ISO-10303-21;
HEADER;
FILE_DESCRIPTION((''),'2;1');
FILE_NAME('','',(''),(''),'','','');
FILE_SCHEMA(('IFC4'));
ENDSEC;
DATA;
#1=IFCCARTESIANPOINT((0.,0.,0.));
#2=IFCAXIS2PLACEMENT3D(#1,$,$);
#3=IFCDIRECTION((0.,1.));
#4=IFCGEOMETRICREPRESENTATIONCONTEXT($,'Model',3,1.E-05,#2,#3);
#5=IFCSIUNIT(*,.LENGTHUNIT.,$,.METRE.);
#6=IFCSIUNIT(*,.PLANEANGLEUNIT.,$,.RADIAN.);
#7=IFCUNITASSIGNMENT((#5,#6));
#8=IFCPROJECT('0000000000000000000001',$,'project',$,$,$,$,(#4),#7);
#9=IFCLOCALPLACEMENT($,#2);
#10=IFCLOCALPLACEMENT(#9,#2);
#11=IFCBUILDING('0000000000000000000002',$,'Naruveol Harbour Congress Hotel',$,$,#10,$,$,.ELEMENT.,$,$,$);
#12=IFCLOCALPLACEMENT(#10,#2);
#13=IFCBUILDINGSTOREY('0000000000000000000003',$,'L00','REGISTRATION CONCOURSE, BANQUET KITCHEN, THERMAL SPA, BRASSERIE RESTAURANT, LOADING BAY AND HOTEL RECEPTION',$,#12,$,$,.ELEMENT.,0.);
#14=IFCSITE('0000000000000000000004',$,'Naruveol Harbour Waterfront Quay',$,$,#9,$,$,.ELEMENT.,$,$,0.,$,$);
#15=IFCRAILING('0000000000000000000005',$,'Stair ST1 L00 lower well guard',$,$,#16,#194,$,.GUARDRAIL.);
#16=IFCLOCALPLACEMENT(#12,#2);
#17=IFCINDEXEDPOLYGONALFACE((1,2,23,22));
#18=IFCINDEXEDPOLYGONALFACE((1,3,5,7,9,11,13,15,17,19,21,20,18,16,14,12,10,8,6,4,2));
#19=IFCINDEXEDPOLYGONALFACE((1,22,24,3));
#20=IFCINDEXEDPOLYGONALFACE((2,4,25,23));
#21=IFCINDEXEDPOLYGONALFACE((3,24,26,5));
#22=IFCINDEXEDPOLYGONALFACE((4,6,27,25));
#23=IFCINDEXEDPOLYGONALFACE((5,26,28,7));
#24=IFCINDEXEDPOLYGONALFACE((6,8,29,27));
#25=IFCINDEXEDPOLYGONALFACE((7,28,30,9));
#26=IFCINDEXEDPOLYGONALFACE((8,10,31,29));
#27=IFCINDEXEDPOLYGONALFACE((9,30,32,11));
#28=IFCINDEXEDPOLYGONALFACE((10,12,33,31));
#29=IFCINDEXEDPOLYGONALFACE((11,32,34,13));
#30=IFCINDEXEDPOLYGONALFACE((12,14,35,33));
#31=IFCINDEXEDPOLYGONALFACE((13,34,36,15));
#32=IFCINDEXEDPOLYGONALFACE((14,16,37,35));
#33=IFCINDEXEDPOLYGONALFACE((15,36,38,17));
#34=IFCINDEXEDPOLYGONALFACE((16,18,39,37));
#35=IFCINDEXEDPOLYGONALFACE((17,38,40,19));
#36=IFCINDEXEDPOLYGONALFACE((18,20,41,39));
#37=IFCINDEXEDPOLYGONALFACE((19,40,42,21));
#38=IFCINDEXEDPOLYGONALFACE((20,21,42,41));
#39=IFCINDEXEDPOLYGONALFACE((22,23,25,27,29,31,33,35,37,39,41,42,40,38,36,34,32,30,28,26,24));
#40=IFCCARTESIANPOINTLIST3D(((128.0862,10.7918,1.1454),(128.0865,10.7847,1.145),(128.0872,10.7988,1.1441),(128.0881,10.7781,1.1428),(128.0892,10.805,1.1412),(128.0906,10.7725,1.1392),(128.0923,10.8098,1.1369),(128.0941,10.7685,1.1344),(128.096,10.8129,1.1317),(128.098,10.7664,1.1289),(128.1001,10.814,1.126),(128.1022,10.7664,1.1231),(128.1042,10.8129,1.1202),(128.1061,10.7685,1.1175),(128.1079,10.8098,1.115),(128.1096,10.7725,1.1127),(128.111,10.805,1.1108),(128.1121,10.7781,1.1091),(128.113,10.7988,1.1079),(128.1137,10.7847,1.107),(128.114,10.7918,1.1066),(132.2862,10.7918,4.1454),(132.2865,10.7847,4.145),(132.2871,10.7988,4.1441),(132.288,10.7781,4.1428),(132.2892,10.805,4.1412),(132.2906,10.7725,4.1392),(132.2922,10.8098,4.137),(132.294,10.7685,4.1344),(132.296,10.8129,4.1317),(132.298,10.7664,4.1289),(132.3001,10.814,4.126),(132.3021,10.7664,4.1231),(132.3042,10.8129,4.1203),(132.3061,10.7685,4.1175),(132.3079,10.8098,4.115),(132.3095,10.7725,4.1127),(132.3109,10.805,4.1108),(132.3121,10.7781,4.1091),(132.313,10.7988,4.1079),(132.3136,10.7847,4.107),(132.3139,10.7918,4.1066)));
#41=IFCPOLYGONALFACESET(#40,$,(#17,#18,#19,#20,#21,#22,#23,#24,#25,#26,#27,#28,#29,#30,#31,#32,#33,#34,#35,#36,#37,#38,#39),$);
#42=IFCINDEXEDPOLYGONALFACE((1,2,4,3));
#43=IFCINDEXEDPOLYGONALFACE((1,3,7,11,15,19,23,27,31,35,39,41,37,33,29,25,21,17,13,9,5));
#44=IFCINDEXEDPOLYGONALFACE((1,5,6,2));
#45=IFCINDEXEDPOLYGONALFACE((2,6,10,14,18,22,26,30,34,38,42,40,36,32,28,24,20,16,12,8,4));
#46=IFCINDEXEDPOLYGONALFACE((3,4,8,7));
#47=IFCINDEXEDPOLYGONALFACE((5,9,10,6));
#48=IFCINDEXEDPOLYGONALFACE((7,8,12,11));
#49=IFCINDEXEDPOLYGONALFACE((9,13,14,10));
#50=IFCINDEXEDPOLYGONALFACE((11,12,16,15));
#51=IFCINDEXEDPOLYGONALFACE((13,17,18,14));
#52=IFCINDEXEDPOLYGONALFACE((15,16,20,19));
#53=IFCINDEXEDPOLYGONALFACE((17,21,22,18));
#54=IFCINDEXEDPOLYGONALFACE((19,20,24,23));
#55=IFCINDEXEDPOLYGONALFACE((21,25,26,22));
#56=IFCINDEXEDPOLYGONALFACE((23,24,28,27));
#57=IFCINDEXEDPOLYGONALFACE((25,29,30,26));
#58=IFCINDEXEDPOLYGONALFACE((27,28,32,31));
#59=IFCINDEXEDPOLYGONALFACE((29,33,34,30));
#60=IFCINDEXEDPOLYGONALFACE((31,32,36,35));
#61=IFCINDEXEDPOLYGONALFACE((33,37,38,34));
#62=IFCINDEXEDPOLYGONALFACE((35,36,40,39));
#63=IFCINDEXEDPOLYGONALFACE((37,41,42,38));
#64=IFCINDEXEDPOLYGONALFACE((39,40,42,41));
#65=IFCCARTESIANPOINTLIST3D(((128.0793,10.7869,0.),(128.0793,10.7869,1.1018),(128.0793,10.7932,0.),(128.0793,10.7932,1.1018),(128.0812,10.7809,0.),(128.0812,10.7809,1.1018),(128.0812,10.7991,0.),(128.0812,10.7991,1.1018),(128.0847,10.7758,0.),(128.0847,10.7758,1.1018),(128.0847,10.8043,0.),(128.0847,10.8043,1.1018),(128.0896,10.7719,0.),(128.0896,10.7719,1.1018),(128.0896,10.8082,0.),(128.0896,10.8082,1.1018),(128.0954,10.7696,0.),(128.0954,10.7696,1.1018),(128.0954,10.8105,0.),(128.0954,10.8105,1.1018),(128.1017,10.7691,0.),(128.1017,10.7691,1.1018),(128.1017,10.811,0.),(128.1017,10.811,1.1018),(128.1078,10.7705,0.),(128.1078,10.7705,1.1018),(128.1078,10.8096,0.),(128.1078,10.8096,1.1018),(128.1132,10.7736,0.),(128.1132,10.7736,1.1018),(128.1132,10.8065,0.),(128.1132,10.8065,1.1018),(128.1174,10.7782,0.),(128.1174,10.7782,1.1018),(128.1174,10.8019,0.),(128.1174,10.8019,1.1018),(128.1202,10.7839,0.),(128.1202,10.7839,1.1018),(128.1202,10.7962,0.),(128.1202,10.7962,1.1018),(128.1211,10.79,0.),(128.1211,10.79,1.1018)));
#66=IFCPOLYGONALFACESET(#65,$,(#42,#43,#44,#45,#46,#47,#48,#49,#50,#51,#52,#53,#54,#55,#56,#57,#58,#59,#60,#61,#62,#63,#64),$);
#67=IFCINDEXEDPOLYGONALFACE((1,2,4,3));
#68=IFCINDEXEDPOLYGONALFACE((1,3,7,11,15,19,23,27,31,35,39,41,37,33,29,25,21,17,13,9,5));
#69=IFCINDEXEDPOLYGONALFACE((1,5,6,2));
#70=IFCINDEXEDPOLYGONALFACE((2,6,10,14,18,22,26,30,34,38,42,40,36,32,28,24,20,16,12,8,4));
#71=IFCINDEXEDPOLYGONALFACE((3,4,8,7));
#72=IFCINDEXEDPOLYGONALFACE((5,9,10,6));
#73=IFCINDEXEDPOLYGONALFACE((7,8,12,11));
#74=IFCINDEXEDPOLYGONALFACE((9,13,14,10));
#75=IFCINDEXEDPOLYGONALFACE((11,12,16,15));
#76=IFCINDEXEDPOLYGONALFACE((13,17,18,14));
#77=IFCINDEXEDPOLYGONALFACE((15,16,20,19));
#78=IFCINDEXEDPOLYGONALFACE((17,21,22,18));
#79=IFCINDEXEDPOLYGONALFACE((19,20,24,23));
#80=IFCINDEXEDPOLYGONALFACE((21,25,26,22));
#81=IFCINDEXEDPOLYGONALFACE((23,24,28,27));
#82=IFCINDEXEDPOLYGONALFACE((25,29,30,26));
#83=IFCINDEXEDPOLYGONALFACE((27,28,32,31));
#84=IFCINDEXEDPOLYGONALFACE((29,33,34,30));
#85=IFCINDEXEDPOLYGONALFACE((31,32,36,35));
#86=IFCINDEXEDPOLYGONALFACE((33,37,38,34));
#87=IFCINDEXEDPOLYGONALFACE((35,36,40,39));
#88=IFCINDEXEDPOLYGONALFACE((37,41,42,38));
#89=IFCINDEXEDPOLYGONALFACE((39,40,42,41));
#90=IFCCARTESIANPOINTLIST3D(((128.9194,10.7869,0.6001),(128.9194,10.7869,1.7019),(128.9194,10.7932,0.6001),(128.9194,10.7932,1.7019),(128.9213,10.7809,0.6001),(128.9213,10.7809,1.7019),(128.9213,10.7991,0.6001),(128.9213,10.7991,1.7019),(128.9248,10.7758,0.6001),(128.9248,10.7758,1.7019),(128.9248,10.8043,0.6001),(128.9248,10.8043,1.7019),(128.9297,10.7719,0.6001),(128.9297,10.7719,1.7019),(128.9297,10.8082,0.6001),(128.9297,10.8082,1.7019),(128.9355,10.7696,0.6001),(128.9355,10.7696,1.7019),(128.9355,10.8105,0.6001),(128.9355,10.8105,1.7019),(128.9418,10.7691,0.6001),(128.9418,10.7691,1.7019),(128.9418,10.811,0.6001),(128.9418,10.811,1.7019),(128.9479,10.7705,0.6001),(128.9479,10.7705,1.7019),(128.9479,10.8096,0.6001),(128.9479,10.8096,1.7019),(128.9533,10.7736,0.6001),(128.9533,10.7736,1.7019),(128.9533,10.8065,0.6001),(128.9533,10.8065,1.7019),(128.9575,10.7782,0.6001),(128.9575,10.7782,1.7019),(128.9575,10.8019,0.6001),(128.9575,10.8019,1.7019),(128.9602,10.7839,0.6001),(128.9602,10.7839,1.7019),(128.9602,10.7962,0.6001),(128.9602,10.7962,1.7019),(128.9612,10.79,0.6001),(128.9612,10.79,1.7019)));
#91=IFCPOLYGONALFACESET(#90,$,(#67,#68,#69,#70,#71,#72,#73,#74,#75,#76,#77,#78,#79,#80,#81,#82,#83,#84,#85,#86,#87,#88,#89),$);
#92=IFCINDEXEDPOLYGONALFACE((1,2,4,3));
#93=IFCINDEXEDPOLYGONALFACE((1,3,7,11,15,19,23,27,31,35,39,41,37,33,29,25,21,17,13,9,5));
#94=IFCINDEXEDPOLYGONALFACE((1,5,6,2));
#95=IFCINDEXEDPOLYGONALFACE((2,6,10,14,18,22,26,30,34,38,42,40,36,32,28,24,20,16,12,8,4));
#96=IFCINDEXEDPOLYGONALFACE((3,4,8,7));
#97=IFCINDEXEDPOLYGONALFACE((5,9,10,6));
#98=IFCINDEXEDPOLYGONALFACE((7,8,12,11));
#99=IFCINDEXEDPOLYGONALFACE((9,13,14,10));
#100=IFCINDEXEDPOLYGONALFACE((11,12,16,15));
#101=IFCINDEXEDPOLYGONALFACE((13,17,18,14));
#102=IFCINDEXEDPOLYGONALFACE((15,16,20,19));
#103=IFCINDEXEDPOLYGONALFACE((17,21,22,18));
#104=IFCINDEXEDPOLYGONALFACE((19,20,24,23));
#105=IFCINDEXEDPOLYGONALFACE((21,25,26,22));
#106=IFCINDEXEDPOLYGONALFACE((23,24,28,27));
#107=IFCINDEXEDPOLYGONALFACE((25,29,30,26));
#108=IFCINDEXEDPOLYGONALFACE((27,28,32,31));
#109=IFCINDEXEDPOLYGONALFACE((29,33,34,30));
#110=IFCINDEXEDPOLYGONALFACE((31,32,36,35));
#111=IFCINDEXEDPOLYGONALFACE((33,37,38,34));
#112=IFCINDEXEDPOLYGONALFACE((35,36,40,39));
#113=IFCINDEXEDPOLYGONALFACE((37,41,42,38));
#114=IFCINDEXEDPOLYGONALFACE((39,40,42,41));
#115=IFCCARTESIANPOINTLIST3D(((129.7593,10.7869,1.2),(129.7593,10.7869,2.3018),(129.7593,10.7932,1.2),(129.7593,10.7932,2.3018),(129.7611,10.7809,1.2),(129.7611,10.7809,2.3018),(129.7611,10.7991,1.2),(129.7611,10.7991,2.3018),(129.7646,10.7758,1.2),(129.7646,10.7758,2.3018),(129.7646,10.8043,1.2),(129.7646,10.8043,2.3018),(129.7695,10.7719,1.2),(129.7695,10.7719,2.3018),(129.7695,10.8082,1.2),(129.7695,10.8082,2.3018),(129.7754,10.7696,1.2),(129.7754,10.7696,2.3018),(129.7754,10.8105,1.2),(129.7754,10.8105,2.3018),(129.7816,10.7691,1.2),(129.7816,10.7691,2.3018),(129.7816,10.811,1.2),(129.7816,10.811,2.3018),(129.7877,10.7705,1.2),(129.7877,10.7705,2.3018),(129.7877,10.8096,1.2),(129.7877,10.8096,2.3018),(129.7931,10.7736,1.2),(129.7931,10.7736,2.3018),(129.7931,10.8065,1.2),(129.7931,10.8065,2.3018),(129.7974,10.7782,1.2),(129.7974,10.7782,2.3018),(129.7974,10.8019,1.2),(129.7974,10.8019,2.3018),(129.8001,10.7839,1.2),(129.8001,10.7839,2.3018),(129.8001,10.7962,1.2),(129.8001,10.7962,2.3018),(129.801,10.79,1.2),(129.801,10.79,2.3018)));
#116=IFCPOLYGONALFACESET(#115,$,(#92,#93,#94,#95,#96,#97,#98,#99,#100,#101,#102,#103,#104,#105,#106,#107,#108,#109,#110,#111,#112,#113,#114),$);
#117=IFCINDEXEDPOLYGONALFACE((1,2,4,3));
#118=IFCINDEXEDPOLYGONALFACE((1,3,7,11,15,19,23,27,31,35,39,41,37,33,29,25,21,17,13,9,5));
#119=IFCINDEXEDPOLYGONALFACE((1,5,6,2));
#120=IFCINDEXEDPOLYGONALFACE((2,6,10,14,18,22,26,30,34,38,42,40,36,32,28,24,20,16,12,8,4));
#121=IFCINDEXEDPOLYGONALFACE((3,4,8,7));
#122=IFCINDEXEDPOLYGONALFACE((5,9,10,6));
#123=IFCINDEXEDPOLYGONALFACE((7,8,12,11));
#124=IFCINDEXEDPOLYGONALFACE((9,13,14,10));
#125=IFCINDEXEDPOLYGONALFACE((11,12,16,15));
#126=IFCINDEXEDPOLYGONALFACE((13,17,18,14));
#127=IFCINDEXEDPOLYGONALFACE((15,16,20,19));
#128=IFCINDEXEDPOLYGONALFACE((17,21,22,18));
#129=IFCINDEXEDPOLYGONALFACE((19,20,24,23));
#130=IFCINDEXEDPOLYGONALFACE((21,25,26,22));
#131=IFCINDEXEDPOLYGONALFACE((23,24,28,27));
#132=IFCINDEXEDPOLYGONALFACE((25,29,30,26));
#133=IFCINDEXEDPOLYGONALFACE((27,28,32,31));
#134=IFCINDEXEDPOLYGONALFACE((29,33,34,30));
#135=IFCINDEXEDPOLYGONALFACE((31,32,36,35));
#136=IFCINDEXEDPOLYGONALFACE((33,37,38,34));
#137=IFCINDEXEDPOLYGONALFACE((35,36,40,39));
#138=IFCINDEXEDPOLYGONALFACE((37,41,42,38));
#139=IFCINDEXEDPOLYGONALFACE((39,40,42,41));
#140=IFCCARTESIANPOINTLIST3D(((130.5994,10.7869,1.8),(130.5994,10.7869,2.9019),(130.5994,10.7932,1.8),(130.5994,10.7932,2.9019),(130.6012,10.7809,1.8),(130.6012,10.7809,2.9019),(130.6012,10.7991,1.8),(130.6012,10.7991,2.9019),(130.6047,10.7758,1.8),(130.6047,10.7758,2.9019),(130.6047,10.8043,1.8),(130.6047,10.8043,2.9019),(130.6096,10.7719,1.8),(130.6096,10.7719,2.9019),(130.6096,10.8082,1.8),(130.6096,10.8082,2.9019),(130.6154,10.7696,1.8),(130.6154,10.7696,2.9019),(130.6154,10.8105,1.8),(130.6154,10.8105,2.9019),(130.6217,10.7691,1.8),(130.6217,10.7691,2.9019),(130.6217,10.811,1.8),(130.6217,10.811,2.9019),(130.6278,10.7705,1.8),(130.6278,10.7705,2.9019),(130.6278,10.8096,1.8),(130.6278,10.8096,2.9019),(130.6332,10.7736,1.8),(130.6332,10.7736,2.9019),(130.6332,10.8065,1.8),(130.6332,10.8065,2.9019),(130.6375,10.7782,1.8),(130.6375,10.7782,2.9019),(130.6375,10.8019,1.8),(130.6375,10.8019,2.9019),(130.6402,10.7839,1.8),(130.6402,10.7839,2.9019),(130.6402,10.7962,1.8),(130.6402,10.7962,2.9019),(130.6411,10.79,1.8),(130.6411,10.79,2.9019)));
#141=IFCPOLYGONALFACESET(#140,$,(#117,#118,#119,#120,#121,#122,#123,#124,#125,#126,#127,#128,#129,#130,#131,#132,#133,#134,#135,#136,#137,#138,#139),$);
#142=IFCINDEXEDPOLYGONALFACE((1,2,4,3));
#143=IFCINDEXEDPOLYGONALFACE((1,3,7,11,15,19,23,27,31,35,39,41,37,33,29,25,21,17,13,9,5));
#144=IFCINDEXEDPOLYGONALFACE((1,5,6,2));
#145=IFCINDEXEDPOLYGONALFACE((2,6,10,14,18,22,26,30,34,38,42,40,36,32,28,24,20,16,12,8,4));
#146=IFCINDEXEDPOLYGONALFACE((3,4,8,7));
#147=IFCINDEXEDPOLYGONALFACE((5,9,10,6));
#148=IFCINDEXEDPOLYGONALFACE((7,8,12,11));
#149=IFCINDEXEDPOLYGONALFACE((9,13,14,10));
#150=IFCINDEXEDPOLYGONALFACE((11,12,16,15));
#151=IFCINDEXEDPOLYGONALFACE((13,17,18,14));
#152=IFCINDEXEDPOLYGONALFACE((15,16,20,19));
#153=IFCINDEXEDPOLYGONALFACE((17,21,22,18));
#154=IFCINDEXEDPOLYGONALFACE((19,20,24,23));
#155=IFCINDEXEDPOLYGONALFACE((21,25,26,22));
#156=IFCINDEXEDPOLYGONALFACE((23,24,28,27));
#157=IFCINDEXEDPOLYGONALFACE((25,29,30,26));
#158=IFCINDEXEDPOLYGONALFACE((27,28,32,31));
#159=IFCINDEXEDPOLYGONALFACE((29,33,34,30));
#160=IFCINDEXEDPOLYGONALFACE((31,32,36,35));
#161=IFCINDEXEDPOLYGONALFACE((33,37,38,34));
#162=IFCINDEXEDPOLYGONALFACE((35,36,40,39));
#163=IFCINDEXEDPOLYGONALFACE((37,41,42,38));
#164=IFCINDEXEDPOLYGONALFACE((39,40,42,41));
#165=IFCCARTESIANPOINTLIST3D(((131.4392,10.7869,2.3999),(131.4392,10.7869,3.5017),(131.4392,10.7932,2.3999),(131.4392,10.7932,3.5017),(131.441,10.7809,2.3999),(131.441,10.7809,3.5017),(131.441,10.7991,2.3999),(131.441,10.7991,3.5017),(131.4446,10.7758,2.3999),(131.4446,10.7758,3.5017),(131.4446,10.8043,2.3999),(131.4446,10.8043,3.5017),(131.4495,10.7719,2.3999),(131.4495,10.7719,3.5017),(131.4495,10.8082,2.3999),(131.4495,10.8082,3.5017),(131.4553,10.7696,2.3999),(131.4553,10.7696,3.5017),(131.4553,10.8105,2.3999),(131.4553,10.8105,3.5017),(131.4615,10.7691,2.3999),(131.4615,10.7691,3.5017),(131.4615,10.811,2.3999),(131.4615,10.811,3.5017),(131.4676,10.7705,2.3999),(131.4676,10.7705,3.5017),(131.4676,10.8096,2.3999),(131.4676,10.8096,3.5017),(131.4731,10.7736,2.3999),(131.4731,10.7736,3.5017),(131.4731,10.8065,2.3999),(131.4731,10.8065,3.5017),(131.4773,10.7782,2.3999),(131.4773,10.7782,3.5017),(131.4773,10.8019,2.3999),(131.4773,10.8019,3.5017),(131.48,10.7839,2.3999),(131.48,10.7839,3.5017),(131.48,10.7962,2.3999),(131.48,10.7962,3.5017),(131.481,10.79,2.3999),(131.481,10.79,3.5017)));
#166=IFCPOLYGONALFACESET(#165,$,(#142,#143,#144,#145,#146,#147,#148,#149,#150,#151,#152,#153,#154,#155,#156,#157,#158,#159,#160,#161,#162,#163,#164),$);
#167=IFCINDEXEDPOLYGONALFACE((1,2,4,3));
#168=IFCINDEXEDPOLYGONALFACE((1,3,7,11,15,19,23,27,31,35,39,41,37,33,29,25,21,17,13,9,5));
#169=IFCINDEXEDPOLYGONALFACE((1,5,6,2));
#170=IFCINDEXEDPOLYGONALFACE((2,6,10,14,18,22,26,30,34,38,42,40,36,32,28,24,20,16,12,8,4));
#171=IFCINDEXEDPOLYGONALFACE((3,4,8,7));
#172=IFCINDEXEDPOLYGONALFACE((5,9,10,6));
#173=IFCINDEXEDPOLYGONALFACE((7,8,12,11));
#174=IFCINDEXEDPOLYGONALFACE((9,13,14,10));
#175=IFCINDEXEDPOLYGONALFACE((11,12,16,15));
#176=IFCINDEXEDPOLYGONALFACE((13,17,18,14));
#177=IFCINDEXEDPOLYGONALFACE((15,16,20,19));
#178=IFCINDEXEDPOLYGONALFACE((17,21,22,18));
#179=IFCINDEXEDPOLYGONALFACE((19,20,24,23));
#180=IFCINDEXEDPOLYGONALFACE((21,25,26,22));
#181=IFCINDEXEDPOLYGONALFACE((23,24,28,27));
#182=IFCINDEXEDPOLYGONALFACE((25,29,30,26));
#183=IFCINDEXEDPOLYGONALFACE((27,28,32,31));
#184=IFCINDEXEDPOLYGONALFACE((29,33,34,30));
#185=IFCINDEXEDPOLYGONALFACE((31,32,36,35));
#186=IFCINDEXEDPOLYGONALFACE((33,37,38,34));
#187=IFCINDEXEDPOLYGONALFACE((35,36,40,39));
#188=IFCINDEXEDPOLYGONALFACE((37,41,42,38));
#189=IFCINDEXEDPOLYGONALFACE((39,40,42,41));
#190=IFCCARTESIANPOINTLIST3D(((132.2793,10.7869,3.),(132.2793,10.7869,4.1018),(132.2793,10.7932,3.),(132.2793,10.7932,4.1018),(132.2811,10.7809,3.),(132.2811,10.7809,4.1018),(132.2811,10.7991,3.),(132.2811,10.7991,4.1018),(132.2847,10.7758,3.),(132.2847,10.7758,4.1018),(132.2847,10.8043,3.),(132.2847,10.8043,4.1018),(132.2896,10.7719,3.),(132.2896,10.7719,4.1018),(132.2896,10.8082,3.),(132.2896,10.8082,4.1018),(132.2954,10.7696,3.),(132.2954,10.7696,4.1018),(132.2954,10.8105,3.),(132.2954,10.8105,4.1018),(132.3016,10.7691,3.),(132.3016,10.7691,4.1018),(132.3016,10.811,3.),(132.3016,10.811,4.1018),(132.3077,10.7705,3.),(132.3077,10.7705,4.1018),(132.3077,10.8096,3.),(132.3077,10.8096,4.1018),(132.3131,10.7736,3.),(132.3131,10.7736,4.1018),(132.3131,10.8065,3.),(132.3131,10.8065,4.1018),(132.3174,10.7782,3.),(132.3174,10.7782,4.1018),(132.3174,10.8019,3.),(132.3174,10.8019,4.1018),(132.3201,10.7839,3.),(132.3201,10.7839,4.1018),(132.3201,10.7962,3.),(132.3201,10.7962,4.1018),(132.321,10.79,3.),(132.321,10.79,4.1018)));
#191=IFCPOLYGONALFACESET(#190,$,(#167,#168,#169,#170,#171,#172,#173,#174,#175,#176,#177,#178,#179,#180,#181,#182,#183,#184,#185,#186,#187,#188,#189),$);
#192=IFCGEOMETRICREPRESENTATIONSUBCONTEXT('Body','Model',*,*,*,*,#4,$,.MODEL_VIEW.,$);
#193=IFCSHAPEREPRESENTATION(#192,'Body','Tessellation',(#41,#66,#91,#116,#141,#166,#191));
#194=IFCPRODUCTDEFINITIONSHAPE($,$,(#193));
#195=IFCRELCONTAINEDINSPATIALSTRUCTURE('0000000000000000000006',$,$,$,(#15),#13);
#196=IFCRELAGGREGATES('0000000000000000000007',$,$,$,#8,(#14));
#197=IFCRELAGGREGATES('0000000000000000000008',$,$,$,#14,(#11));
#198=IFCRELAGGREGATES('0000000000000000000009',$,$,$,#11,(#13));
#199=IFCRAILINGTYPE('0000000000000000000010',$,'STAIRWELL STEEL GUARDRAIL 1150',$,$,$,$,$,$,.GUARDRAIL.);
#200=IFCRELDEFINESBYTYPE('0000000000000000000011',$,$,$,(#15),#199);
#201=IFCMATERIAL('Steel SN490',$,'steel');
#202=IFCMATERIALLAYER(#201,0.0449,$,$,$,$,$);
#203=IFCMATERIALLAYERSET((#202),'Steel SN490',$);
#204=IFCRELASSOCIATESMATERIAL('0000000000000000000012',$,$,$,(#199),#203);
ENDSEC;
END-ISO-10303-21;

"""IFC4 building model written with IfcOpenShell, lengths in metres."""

from ifc_helpers import new_model, si_unit, direction, frame, origin, origin_2d, place, context, subcontext, project, spatial, circle, extrude, material, layer, layer_set, type_object, element, save


model = new_model("IFC4")

# Units and contexts
model_context = context("Model", 3, precision=1e-05, world=origin(), true_north=direction((0.0, 1.0)))
body_context = subcontext(model_context, "Body", "Model", "MODEL_VIEW")
ifc_project = project(units=[si_unit("LENGTHUNIT", "METRE"), si_unit("PLANEANGLEUNIT", "RADIAN")], contexts=[model_context])

# Site, building, storey
site_placement = place(None, origin())
site = spatial("IfcSite", under=ifc_project, at=site_placement, Name="Naruveol Harbour Waterfront Quay", CompositionType="ELEMENT", RefElevation=0.0)
building_placement = place(site_placement, origin())
building = spatial("IfcBuilding", under=site, at=building_placement, Name="Naruveol Harbour Congress Hotel", CompositionType="ELEMENT")
storey_placement = place(building_placement, origin())
storey = spatial("IfcBuildingStorey", under=building, at=storey_placement, Name="L00", Description="REGISTRATION CONCOURSE, BANQUET KITCHEN, THERMAL SPA, BRASSERIE RESTAURANT, LOADING BAY AND HOTEL RECEPTION", CompositionType="ELEMENT", Elevation=0.0)

# Railing
ifc_material_1 = material(Name="Steel SN490", Category="steel")
ifc_layer_1 = layer(ifc_material_1, 0.0449)
ifc_layer_set_1 = layer_set([ifc_layer_1], Name="Steel SN490")
railing_type_1 = type_object("IfcRailingType", Name="STAIRWELL STEEL GUARDRAIL 1150", PredefinedType="GUARDRAIL", material=ifc_layer_set_1)
railing_1_placement = place(storey_placement, frame((128.1001, 10.79, 0.0)))
element("IfcRailing", 1, at=railing_1_placement, inside=storey, type_object=railing_type_1, Name="Stair ST1 L00 lower well guard", PredefinedType="GUARDRAIL", context=body_context, shape_type="SweptSolid", body=[
    extrude(circle(Radius=0.0239, at=origin_2d()), frame((0.0, 0.0, 1.126), z_axis=(0.81373, 0.0, 0.581243), x_axis=(0.0, 1.0, 0.0)), (0.0, 0.0, 1.0), 5.1614),
    extrude(circle(Radius=0.021, at=origin_2d()), origin(), (0.0, 0.0, 1.0), 1.1018),
    extrude(circle(Radius=0.021, at=origin_2d()), frame((0.8401, 0.0, 0.6001)), (0.0, 0.0, 1.0), 1.1018),
    extrude(circle(Radius=0.021, at=origin_2d()), frame((1.6799, 0.0, 1.2)), (0.0, 0.0, 1.0), 1.1018),
    extrude(circle(Radius=0.021, at=origin_2d()), frame((2.52, 0.0, 1.8)), (0.0, 0.0, 1.0), 1.1018),
    extrude(circle(Radius=0.021, at=origin_2d()), frame((3.3599, 0.0, 2.3999)), (0.0, 0.0, 1.0), 1.1018),
    extrude(circle(Radius=0.021, at=origin_2d()), frame((4.2, 0.0, 3.0)), (0.0, 0.0, 1.0), 1.1018),
])

save(model, "model.ifc")
